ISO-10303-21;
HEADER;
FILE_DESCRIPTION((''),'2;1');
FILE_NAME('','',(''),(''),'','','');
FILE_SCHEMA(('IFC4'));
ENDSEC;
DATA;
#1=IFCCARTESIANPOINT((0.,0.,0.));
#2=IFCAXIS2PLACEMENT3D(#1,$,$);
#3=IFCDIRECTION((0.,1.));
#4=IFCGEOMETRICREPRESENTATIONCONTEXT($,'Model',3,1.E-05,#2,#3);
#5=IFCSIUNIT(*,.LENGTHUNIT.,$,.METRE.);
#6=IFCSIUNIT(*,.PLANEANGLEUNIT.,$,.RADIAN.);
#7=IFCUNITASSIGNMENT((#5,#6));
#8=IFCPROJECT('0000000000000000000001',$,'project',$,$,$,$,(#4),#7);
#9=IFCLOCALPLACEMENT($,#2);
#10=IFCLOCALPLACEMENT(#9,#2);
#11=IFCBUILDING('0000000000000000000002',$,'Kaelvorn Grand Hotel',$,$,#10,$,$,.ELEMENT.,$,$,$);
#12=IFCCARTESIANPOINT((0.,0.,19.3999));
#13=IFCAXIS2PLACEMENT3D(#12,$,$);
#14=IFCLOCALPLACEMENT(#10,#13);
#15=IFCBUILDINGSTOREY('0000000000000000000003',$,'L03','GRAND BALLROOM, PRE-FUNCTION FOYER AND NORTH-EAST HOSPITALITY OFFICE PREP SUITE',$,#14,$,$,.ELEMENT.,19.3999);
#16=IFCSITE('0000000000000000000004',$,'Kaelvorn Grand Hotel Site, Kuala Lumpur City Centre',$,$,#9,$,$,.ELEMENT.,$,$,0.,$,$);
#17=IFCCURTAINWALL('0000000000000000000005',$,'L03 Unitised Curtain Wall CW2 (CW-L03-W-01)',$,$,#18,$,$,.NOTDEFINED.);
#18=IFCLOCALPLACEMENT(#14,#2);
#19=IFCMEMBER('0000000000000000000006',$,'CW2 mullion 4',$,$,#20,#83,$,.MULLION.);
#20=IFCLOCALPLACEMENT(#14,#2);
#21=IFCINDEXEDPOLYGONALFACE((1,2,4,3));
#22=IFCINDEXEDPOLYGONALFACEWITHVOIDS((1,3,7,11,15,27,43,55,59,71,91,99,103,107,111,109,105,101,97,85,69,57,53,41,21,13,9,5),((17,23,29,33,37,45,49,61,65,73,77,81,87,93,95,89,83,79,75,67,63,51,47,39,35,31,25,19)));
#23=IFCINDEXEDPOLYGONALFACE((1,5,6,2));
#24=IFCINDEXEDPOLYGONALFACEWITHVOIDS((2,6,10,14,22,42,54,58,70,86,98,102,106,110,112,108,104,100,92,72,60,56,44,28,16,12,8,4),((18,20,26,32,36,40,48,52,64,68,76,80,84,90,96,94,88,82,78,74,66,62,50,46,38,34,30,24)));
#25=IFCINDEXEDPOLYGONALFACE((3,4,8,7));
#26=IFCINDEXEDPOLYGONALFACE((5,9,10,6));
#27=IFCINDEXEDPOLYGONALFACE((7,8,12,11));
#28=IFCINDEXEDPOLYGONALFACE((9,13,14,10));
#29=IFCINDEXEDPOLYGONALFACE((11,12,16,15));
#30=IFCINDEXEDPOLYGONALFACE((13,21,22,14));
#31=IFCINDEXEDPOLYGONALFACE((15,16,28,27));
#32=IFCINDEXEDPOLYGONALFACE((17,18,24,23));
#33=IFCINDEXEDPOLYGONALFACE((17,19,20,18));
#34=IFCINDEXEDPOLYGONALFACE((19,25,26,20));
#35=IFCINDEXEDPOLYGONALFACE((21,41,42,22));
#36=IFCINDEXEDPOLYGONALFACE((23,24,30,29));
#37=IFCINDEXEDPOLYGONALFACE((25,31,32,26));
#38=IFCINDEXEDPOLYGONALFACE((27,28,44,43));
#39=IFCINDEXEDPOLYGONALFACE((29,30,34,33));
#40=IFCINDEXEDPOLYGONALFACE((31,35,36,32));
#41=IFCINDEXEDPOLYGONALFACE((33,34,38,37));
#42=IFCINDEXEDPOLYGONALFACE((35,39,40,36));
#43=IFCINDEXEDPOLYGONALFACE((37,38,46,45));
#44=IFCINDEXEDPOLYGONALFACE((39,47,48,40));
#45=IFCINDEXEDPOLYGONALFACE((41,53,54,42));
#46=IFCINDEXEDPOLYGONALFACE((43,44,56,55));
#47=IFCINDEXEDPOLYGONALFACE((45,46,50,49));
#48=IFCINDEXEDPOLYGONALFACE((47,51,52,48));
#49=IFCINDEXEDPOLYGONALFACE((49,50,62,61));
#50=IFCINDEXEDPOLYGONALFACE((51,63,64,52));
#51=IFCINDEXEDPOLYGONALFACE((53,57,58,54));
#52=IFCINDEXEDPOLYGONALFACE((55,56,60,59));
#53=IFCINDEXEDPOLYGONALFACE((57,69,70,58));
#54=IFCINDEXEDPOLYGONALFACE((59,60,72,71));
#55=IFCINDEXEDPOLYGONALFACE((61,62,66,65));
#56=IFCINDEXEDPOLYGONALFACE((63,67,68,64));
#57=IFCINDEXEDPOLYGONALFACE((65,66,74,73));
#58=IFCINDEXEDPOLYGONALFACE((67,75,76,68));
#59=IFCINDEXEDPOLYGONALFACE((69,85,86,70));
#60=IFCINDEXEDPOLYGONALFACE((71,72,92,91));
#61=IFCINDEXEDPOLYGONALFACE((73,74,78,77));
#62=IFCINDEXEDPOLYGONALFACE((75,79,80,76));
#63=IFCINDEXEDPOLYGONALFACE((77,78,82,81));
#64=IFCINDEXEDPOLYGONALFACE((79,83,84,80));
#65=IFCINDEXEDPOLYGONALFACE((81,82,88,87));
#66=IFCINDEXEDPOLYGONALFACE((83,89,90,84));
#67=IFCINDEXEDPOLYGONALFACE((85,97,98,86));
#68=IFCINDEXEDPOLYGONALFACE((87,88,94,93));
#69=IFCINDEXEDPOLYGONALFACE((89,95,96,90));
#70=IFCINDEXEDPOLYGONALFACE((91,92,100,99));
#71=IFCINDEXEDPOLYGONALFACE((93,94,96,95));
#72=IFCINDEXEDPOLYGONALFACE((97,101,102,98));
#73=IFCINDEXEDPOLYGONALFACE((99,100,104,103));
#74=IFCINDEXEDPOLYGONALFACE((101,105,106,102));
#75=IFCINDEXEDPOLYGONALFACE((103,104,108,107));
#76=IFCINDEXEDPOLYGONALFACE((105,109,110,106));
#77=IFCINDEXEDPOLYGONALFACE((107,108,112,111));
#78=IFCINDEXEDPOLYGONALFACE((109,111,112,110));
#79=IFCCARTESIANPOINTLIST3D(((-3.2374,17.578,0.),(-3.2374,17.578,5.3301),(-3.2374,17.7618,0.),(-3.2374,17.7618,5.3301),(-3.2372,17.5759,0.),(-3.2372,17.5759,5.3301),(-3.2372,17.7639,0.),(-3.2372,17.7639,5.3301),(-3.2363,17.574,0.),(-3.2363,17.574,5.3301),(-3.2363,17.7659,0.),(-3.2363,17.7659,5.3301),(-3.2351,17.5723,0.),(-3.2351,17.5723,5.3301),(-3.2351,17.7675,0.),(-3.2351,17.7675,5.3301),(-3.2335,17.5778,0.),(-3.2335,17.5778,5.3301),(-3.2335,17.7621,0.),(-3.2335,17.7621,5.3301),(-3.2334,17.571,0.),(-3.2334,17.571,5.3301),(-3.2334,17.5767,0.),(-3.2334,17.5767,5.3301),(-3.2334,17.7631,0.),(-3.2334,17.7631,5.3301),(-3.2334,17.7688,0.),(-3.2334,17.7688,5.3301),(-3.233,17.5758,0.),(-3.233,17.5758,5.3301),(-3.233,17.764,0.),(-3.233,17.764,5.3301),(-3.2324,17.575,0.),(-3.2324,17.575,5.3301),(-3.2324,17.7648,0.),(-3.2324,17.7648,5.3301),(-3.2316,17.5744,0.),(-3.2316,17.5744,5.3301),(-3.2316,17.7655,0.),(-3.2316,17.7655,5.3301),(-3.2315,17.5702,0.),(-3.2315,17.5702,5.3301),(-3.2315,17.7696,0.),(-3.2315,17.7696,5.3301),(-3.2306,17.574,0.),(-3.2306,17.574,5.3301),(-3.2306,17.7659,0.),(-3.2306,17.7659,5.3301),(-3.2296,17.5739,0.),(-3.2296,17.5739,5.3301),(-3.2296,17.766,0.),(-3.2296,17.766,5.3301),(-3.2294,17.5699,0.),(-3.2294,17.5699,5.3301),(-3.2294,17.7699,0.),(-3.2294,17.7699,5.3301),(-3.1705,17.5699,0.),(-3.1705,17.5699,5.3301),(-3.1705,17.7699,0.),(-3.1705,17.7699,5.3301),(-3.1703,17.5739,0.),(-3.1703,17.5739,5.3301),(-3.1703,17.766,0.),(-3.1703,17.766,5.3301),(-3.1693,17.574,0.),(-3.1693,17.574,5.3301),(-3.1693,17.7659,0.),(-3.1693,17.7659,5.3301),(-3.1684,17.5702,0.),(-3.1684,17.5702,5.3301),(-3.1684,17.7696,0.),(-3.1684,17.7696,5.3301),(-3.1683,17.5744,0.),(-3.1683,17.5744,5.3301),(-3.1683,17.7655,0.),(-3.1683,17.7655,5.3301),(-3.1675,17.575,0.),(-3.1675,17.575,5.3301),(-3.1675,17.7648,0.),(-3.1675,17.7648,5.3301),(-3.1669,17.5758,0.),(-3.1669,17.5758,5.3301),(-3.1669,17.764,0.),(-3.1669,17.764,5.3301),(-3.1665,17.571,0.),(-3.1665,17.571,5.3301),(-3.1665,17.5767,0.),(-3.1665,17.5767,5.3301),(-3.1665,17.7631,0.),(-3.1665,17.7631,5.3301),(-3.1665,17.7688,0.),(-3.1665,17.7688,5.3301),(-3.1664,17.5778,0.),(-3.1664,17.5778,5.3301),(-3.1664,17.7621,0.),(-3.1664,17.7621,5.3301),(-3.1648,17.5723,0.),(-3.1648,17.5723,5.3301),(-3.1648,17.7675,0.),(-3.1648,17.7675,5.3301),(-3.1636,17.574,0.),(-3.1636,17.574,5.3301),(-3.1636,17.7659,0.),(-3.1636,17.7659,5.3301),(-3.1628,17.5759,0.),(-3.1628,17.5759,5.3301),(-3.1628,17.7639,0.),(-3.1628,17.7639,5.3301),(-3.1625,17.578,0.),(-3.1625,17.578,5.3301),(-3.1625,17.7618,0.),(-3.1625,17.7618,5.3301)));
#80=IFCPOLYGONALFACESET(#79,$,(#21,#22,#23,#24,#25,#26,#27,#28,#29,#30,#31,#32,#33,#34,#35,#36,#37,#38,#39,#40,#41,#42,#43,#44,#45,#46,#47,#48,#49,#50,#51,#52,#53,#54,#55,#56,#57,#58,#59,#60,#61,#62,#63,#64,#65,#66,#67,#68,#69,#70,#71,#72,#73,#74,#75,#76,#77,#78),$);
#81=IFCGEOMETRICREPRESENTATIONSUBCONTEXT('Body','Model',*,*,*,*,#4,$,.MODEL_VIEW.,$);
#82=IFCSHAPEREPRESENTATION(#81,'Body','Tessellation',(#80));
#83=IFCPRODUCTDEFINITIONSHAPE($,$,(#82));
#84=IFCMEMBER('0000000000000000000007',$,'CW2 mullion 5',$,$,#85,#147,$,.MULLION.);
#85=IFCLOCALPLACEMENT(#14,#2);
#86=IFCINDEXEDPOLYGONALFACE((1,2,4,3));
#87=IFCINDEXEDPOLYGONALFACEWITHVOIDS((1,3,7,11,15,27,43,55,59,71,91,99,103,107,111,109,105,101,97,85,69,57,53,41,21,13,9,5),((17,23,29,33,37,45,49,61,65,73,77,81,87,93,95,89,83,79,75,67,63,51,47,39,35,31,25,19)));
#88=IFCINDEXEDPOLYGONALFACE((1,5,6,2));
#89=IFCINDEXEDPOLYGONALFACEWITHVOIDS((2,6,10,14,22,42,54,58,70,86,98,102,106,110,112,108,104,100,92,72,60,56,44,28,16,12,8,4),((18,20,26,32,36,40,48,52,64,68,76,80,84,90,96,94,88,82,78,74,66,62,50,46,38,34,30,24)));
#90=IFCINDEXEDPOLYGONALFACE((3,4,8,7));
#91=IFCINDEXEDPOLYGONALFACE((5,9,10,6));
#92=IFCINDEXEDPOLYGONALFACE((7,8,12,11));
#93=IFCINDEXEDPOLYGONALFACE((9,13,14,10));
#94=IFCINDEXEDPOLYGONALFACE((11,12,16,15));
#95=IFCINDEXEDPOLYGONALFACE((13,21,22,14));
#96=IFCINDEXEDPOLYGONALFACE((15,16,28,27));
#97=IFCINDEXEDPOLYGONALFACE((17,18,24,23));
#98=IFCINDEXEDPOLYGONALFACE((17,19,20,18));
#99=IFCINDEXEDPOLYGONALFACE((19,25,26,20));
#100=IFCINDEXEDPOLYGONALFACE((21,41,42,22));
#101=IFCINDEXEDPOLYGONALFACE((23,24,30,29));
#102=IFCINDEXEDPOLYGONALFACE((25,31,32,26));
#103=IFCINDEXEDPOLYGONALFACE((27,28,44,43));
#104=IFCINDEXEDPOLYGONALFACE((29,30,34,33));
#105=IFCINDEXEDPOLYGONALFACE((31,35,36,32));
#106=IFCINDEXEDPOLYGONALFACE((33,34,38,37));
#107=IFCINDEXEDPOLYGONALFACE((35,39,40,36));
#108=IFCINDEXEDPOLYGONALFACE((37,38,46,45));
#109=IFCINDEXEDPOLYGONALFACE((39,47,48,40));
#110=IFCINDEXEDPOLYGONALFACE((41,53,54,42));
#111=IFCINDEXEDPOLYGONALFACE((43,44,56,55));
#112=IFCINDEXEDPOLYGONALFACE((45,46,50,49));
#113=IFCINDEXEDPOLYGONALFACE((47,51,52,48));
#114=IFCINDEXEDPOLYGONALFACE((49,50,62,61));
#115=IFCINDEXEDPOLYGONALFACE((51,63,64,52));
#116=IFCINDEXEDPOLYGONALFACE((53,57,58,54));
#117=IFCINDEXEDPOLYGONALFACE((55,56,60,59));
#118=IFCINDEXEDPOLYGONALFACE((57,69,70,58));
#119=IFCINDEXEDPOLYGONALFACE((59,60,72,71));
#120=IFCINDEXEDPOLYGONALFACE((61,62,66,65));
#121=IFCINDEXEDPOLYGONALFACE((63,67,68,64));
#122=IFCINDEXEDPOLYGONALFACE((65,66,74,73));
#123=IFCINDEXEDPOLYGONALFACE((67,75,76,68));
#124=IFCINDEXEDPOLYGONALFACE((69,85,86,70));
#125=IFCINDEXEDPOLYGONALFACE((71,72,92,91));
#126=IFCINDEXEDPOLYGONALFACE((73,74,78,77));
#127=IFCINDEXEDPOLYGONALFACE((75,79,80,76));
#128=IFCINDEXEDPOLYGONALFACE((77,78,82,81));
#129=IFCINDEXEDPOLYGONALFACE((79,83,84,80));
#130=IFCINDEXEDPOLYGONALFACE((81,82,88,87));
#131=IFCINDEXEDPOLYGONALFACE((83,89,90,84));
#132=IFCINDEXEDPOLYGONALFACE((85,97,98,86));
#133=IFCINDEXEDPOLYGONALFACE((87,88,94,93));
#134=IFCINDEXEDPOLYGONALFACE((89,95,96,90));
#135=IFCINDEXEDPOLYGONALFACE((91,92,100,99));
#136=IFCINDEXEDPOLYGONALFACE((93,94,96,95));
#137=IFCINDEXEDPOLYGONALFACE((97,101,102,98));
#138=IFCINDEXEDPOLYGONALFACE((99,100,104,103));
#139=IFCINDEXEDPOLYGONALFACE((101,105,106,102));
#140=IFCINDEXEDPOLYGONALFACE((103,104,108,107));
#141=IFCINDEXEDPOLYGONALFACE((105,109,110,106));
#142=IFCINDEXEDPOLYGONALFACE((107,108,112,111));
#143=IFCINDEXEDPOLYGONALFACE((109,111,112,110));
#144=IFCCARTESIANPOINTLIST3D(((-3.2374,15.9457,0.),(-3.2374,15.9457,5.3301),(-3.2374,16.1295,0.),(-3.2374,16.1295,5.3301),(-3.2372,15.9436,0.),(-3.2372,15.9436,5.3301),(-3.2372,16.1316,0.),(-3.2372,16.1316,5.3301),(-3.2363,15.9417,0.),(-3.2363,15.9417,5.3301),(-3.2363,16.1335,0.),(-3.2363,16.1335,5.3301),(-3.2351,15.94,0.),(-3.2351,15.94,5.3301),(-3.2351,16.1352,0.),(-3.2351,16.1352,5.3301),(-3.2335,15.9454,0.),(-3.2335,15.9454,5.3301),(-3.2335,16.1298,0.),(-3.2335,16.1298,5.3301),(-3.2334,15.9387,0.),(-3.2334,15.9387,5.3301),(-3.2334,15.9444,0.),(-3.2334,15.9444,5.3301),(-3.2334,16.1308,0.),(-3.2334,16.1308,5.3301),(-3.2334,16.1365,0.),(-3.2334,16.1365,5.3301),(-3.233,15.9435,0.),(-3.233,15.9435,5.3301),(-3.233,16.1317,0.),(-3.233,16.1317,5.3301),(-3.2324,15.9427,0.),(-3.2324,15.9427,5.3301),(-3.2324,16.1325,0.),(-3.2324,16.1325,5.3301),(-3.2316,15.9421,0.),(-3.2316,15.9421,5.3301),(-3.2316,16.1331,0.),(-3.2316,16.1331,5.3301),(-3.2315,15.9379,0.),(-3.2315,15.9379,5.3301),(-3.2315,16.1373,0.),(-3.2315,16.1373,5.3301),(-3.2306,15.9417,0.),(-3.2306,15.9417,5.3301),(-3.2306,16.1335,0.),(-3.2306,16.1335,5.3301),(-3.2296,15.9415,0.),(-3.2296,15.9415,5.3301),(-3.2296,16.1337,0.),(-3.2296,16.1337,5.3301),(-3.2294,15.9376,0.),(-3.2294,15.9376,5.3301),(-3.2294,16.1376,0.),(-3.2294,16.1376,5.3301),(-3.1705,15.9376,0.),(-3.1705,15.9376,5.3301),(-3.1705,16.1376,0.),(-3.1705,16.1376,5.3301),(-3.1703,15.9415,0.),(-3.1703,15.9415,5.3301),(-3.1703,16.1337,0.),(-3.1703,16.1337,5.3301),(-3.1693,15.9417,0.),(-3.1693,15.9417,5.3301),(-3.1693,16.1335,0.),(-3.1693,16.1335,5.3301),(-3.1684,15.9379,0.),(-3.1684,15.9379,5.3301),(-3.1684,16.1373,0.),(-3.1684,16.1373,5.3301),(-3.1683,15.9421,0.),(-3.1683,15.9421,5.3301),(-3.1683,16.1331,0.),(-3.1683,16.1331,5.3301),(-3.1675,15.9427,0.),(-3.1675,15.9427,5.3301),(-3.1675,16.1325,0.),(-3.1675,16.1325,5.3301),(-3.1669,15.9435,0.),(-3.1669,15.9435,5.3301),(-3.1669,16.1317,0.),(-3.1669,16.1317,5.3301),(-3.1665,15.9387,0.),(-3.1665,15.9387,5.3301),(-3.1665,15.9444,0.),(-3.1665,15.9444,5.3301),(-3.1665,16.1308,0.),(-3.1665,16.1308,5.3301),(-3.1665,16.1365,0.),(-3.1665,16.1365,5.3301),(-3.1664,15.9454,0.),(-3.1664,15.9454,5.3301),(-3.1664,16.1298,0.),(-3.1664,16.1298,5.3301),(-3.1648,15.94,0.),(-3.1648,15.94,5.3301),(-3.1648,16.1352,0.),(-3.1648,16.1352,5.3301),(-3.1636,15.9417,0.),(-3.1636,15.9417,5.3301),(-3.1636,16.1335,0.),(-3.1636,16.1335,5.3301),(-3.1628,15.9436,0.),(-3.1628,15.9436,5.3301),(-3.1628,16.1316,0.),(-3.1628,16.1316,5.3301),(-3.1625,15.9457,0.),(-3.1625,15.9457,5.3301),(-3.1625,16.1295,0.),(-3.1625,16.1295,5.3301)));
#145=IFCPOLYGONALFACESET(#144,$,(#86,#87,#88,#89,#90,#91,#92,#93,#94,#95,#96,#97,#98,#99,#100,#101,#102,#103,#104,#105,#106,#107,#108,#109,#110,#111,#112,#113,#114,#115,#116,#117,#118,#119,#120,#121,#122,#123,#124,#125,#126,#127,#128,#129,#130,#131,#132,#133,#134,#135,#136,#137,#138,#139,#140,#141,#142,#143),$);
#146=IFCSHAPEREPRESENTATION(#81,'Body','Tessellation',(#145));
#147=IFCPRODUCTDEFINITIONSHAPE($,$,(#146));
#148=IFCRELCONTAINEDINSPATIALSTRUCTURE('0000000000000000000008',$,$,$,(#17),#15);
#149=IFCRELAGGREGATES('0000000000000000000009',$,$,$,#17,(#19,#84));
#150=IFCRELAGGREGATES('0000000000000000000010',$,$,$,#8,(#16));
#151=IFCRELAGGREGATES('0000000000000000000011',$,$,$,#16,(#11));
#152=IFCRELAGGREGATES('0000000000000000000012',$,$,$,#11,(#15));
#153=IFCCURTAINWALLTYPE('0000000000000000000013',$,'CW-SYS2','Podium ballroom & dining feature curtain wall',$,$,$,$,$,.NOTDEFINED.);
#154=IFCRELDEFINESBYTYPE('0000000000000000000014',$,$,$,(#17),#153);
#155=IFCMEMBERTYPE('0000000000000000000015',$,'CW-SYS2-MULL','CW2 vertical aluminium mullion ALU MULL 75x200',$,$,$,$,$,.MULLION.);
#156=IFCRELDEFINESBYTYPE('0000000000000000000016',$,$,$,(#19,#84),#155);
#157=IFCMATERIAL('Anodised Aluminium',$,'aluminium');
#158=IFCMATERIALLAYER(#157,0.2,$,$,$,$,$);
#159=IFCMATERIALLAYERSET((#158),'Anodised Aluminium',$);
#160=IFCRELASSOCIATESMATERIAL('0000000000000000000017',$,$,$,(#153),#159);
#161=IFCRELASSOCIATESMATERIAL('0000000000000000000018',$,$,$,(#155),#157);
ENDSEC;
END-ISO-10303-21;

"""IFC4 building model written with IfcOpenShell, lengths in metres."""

from ifc_helpers import new_model, si_unit, direction, frame, origin, origin_2d, place, context, subcontext, project, spatial, hollow_rectangle, extrude, material, layer, layer_set, material_profile, profile_set, type_object, element, aggregate, save


model = new_model("IFC4")

# Units and contexts
model_context = context("Model", 3, precision=1e-05, world=origin(), true_north=direction((0.0, 1.0)))
body_context = subcontext(model_context, "Body", "Model", "MODEL_VIEW")
ifc_project = project(units=[si_unit("LENGTHUNIT", "METRE"), si_unit("PLANEANGLEUNIT", "RADIAN")], contexts=[model_context])

# Site, building, storey
site_placement = place(None, origin())
site = spatial("IfcSite", under=ifc_project, at=site_placement, Name="Kaelvorn Grand Hotel Site, Kuala Lumpur City Centre", CompositionType="ELEMENT", RefElevation=0.0)
building_placement = place(site_placement, origin())
building = spatial("IfcBuilding", under=site, at=building_placement, Name="Kaelvorn Grand Hotel", CompositionType="ELEMENT")
storey_placement = place(building_placement, frame((0.0, 0.0, 19.3999)))
storey = spatial("IfcBuildingStorey", under=building, at=storey_placement, Name="L03", Description="GRAND BALLROOM, PRE-FUNCTION FOYER AND NORTH-EAST HOSPITALITY OFFICE PREP SUITE", CompositionType="ELEMENT", Elevation=19.3999)

# Curtain wall, members
ifc_material_1 = material(Name="Anodised Aluminium", Category="aluminium")
ifc_layer_1 = layer(ifc_material_1, 0.2)
ifc_layer_set_1 = layer_set([ifc_layer_1], Name="Anodised Aluminium")
curtain_wall_type = type_object("IfcCurtainWallType", Name="CW-SYS2", Description="Podium ballroom & dining feature curtain wall", PredefinedType="NOTDEFINED", material=ifc_layer_set_1)
curtain_wall_placement = place(storey_placement, origin())
curtain_wall = element("IfcCurtainWall", 1, at=curtain_wall_placement, inside=storey, type_object=curtain_wall_type, Name="L03 Unitised Curtain Wall CW2 (CW-L03-W-01)", PredefinedType="NOTDEFINED")
ifc_material_profile_1 = material_profile(ifc_material_1, hollow_rectangle(XDim=0.075, YDim=0.2, WallThickness=0.0039, InnerFilletRadius=0.0039, OuterFilletRadius=0.0081, at=origin_2d()), Name="ALU MULL 75x200")
ifc_profile_set_1 = profile_set([ifc_material_profile_1], Name="Anodised Aluminium")
member_type_1 = type_object("IfcMemberType", Name="CW-SYS2-MULL", Description="CW2 vertical aluminium mullion ALU MULL 75x200", PredefinedType="MULLION", material=ifc_profile_set_1)
member_1_placement = place(storey_placement, frame((-3.2, 17.6699, 0.0), z_axis=(0.0, 0.0, 1.0), x_axis=(1.0, 0.0, 0.0)))
member_1 = element("IfcMember", 2, at=member_1_placement, type_object=member_type_1, Name="CW2 mullion 4", PredefinedType="MULLION", context=body_context, shape_type="SweptSolid", body=[
    extrude(hollow_rectangle(XDim=0.075, YDim=0.2, WallThickness=0.0039, InnerFilletRadius=0.0039, OuterFilletRadius=0.0081, at=origin_2d()), origin(), (0.0, 0.0, 1.0), 5.3301),
])
member_2_placement = place(storey_placement, frame((-3.2, 16.0376, 0.0), z_axis=(0.0, 0.0, 1.0), x_axis=(1.0, 0.0, 0.0)))
member_2 = element("IfcMember", 3, at=member_2_placement, type_object=member_type_1, Name="CW2 mullion 5", PredefinedType="MULLION", context=body_context, shape_type="SweptSolid", body=[
    extrude(hollow_rectangle(XDim=0.075, YDim=0.2, WallThickness=0.0039, InnerFilletRadius=0.0039, OuterFilletRadius=0.0081, at=origin_2d()), origin(), (0.0, 0.0, 1.0), 5.3301),
])
aggregate(curtain_wall, [member_1, member_2])

save(model, "model.ifc")
